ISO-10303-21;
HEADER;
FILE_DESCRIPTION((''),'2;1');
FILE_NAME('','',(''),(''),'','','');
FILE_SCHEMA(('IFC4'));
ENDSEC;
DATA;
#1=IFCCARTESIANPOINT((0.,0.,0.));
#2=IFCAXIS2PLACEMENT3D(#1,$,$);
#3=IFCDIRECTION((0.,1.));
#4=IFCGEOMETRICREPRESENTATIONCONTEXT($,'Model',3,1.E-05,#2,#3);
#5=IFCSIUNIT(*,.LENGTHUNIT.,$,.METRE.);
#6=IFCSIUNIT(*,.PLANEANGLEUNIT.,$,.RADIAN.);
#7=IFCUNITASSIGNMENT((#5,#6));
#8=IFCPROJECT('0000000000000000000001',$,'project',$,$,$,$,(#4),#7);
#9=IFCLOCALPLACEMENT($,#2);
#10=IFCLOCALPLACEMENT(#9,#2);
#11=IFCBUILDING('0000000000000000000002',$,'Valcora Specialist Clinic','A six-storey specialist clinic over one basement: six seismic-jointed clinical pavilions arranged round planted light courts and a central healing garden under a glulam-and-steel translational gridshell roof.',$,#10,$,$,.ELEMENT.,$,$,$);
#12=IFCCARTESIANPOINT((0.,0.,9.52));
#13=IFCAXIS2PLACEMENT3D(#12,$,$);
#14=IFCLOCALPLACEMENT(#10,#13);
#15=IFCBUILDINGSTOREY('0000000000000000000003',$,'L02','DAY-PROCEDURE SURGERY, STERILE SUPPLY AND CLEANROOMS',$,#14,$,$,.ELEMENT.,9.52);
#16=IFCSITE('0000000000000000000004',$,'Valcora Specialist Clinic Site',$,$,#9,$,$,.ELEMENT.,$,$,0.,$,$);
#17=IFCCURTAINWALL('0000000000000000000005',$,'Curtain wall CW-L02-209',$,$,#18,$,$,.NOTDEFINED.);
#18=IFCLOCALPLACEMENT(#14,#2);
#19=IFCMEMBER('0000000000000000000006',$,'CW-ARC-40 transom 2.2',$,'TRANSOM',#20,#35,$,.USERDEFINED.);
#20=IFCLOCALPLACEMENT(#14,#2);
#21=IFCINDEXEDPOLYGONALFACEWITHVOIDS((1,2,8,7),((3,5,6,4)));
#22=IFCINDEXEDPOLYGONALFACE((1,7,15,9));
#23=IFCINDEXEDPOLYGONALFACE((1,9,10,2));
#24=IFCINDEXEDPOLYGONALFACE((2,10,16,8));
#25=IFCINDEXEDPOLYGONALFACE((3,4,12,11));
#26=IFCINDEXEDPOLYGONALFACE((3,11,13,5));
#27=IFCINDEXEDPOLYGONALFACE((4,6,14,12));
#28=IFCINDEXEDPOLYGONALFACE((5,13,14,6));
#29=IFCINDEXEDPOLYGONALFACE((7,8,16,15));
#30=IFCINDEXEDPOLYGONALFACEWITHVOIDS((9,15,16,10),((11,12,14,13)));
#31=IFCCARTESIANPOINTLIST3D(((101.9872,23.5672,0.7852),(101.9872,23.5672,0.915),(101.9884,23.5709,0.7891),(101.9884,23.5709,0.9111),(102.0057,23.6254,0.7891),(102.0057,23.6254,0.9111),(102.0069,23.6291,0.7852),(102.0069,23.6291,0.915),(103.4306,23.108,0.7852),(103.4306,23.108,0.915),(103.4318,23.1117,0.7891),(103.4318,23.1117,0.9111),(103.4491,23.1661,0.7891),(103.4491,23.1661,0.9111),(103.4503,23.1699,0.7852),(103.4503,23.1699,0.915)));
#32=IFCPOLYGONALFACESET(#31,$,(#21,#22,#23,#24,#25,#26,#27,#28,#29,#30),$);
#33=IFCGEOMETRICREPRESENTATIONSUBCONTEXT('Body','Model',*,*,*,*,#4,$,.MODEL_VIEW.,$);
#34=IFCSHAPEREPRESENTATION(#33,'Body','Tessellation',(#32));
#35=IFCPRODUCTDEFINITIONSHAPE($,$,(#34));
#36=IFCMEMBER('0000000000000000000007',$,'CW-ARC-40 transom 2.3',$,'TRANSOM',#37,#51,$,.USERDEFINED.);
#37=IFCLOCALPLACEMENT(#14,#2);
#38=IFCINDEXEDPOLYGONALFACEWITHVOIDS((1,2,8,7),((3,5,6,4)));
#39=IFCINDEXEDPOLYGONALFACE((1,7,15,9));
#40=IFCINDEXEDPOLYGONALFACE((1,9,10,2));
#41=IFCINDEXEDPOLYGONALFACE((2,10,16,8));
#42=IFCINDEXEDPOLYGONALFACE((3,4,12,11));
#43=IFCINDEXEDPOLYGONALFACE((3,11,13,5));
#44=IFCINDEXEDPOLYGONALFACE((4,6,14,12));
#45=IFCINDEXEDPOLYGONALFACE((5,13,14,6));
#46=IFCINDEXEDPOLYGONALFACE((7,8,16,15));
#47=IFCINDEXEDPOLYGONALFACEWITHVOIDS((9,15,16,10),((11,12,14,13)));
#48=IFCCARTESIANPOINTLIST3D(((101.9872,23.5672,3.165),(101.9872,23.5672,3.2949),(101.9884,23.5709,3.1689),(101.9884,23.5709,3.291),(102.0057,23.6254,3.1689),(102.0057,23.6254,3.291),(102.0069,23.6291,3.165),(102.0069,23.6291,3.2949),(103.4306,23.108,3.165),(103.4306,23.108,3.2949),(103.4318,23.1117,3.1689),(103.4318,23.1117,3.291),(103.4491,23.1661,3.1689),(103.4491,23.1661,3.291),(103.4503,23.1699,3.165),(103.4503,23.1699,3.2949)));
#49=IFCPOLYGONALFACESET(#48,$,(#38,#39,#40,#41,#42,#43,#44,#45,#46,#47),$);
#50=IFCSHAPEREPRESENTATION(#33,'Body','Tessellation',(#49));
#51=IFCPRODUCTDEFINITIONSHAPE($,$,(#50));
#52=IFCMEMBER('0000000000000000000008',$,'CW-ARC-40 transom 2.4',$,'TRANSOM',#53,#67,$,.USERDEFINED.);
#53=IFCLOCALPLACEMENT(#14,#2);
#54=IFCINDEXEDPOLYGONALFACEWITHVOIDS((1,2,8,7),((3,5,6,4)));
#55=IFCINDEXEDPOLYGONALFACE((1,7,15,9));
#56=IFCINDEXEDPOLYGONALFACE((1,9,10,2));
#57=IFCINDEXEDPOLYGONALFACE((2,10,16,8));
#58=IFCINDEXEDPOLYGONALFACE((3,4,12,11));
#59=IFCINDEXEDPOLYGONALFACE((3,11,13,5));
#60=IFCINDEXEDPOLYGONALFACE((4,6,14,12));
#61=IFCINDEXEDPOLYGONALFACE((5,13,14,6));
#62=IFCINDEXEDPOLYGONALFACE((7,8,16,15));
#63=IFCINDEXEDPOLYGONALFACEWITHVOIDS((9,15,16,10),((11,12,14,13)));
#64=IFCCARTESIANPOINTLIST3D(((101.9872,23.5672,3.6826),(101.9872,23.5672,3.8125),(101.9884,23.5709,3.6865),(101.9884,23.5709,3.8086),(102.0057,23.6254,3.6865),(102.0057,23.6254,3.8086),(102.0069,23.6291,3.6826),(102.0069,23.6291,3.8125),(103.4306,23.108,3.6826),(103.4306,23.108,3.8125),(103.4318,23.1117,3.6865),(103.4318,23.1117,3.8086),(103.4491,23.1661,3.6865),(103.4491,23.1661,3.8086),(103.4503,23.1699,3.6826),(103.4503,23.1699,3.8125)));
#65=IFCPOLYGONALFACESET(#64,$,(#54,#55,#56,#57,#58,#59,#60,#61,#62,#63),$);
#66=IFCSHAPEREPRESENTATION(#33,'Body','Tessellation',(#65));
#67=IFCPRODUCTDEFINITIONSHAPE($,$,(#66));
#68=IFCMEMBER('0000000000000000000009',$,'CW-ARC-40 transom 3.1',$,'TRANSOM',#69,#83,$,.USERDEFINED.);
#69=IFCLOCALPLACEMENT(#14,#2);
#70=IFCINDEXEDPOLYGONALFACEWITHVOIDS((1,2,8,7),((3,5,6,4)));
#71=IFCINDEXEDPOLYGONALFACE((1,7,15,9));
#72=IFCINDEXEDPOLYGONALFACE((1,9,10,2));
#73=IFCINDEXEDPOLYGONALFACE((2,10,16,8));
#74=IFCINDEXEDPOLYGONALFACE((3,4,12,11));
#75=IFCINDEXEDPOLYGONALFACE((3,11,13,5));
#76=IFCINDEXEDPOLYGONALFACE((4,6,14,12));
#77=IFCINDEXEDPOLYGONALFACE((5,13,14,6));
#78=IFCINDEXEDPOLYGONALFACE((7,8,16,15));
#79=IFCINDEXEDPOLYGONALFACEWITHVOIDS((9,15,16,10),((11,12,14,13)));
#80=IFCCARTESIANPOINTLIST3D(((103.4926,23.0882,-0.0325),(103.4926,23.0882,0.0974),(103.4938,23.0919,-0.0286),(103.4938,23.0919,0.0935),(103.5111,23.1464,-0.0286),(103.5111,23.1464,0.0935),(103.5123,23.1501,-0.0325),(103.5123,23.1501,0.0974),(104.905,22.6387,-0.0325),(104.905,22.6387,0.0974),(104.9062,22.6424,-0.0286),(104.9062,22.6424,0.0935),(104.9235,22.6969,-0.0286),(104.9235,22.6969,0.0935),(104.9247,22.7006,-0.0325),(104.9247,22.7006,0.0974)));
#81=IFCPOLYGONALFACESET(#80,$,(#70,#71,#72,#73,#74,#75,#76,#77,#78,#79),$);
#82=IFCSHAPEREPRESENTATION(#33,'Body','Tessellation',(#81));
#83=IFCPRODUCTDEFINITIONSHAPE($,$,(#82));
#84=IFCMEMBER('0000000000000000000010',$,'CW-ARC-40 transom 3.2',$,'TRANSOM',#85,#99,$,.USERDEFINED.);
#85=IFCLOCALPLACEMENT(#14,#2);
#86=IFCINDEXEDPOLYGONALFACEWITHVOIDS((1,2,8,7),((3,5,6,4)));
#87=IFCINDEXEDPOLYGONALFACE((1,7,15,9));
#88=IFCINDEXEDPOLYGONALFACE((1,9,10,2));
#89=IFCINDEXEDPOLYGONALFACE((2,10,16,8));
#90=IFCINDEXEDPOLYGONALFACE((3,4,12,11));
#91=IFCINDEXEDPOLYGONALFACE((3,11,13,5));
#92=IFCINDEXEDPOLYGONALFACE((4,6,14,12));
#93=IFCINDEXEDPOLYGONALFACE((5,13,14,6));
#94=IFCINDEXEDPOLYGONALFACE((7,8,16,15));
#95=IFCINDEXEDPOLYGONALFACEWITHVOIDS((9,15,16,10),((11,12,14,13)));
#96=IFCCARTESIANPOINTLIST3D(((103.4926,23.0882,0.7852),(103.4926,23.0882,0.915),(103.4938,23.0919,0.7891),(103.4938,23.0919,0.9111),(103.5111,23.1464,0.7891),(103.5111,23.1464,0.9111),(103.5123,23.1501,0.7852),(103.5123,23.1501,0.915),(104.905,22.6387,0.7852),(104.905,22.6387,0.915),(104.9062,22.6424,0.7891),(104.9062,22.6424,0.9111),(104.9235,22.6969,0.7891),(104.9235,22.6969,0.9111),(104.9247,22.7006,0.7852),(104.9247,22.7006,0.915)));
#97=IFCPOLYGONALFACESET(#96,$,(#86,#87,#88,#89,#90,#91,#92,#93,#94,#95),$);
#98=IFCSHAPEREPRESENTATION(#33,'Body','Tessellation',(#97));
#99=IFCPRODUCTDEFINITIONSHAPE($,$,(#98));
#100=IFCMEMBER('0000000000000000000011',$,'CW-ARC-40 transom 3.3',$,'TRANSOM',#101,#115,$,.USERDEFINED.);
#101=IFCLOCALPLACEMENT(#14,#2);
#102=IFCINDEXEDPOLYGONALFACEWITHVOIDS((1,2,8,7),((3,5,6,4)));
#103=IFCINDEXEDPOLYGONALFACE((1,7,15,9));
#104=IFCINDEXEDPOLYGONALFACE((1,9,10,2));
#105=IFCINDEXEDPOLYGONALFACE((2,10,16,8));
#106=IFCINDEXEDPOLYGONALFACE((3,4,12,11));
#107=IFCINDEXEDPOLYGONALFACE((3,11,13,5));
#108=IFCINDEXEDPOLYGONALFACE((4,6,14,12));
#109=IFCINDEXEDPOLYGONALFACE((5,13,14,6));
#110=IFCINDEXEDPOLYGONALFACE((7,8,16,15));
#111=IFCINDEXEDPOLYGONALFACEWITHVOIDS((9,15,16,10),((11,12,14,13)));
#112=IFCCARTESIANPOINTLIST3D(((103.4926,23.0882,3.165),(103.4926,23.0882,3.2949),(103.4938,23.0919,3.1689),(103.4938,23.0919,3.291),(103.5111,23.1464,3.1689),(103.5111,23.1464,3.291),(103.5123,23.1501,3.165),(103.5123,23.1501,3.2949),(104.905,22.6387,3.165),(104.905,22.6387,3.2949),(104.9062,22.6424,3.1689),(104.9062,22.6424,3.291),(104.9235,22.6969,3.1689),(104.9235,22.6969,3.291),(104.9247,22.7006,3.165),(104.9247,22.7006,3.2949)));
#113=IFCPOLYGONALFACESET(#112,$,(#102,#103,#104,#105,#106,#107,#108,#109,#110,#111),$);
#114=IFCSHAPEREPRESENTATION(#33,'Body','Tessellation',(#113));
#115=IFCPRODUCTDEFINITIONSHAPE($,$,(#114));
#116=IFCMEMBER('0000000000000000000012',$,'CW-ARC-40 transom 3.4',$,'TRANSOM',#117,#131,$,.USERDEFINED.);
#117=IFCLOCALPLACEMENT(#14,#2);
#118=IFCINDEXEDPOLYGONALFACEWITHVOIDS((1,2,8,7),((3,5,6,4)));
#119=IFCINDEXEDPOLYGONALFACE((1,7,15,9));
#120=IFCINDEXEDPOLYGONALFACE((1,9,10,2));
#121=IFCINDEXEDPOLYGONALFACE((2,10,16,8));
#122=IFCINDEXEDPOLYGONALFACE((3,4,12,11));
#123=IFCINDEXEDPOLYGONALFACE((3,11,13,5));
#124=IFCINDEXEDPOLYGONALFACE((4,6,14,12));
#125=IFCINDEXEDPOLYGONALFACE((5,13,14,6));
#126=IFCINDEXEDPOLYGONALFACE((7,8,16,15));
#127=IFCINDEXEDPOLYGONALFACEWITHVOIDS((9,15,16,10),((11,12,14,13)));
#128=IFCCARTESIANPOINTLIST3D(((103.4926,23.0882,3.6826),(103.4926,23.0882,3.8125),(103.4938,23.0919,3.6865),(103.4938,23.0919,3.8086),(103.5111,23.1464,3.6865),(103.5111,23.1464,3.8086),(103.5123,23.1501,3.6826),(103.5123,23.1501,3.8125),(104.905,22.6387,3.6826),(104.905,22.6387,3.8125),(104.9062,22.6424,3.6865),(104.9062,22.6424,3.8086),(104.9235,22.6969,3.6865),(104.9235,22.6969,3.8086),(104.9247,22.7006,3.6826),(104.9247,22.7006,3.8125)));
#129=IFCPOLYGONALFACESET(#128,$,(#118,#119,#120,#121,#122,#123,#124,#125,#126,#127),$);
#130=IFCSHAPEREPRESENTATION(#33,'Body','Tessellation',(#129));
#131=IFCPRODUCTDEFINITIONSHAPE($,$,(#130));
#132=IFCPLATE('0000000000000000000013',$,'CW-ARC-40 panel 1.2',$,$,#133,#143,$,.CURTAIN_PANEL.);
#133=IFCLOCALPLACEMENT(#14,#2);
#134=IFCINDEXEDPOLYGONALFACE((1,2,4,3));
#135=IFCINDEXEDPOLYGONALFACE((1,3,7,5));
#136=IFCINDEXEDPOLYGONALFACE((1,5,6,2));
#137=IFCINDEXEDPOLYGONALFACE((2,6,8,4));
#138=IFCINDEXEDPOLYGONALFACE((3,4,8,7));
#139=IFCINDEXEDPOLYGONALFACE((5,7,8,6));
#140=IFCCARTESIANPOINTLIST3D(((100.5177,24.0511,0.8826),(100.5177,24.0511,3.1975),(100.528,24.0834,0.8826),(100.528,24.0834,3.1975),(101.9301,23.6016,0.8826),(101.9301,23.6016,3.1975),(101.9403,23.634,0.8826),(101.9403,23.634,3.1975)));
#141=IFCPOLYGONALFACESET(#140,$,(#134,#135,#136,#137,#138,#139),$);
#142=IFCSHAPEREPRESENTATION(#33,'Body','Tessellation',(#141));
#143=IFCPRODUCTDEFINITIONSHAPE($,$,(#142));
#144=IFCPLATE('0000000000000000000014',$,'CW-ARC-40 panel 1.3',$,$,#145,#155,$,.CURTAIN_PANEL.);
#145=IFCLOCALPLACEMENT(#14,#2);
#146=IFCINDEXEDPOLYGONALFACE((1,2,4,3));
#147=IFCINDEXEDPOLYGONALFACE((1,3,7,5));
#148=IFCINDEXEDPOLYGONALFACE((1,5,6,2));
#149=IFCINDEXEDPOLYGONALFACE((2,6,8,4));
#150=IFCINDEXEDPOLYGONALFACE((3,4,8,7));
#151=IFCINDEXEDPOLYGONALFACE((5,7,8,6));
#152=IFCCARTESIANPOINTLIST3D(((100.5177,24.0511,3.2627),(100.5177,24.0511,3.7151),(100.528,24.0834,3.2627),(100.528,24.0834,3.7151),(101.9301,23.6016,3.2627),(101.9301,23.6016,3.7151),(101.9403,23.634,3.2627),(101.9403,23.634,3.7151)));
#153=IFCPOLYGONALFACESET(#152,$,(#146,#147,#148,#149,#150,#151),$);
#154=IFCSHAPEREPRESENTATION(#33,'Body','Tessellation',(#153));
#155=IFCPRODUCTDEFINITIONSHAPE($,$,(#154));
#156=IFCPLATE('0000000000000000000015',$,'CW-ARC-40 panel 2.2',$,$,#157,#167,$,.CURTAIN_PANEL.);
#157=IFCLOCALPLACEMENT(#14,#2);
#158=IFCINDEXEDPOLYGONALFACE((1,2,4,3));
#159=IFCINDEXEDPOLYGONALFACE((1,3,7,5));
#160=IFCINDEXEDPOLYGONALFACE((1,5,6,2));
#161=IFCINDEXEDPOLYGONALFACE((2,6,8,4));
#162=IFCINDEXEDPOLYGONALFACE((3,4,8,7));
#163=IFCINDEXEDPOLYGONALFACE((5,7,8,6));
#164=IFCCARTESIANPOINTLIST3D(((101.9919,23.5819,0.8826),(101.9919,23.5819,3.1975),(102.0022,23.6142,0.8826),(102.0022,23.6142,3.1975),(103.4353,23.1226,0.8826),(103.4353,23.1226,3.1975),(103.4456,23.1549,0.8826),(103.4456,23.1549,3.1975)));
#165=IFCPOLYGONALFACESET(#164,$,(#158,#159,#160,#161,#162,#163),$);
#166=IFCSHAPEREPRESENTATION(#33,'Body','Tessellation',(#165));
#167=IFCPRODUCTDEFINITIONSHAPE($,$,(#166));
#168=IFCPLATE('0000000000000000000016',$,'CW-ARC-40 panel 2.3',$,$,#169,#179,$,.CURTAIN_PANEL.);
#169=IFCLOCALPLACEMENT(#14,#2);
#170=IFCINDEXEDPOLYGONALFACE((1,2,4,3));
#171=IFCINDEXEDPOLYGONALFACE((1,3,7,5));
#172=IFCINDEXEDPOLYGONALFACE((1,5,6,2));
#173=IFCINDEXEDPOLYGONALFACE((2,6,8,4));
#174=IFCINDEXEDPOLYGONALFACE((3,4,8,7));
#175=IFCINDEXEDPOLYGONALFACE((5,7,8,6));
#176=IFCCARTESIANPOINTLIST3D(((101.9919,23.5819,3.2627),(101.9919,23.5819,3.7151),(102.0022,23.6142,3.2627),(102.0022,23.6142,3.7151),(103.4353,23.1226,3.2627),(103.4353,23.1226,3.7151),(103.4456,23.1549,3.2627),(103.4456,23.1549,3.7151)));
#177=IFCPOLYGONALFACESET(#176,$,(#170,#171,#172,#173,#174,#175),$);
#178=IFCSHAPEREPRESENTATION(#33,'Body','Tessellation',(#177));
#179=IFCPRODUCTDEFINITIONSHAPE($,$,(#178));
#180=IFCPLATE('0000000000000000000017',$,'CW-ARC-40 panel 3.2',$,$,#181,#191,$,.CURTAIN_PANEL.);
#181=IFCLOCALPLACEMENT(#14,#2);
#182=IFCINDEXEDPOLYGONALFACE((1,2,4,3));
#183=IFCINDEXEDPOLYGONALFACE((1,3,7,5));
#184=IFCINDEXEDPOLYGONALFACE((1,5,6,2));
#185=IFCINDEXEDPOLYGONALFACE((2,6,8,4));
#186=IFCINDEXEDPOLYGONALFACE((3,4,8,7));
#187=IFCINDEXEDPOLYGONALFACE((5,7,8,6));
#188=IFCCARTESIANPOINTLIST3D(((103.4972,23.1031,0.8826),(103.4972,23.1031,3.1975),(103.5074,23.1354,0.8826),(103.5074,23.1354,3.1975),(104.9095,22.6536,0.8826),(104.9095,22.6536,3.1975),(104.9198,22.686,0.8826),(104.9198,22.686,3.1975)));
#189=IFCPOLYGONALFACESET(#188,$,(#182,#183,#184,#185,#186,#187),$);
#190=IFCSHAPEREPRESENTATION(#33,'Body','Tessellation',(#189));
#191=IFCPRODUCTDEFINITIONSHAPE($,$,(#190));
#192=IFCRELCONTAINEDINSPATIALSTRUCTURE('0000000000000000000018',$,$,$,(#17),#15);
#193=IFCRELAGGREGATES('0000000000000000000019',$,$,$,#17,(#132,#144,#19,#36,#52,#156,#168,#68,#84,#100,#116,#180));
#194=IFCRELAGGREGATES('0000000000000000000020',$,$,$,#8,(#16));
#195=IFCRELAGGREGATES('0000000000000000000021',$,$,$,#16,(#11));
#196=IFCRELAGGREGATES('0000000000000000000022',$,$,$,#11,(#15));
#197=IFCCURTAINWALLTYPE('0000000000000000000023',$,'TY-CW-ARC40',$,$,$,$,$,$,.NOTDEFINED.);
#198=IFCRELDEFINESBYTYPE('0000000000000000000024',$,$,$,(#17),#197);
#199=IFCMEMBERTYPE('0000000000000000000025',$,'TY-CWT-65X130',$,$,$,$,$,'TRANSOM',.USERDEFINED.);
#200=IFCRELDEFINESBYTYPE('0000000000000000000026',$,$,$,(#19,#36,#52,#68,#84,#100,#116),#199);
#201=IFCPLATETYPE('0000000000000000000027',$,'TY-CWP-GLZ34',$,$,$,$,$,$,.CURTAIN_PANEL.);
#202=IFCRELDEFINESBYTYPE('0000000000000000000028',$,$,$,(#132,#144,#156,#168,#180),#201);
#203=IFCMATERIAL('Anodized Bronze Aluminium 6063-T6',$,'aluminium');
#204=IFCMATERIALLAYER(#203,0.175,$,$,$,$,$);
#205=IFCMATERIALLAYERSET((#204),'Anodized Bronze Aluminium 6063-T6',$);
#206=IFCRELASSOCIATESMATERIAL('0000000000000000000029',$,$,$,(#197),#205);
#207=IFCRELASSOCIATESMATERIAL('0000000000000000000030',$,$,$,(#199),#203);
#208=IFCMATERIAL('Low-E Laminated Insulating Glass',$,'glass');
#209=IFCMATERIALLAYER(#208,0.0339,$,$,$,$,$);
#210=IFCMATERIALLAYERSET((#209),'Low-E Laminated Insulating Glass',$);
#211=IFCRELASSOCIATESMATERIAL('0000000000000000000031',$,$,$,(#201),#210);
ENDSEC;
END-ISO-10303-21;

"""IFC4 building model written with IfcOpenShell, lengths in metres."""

from ifc_helpers import new_model, si_unit, direction, frame, origin, origin_2d, place, context, subcontext, project, spatial, rectangle, hollow_rectangle, extrude, material, layer, layer_set, material_profile, profile_set, type_object, element, aggregate, save


model = new_model("IFC4")

# Units and contexts
model_context = context("Model", 3, precision=1e-05, world=origin(), true_north=direction((0.0, 1.0)))
body_context = subcontext(model_context, "Body", "Model", "MODEL_VIEW")
ifc_project = project(units=[si_unit("LENGTHUNIT", "METRE"), si_unit("PLANEANGLEUNIT", "RADIAN")], contexts=[model_context])

# Site, building, storey
site_placement = place(None, origin())
site = spatial("IfcSite", under=ifc_project, at=site_placement, Name="Valcora Specialist Clinic Site", CompositionType="ELEMENT", RefElevation=0.0)
building_placement = place(site_placement, origin())
building = spatial("IfcBuilding", under=site, at=building_placement, Name="Valcora Specialist Clinic", Description="A six-storey specialist clinic over one basement: six seismic-jointed clinical pavilions arranged round planted light courts and a central healing garden under a glulam-and-steel translational gridshell roof.", CompositionType="ELEMENT")
storey_placement = place(building_placement, frame((0.0, 0.0, 9.52)))
storey = spatial("IfcBuildingStorey", under=building, at=storey_placement, Name="L02", Description="DAY-PROCEDURE SURGERY, STERILE SUPPLY AND CLEANROOMS", CompositionType="ELEMENT", Elevation=9.52)

# Curtain wall, members, plates
ifc_material_1 = material(Name="Anodized Bronze Aluminium 6063-T6", Category="aluminium")
ifc_layer_1 = layer(ifc_material_1, 0.175)
ifc_layer_set_1 = layer_set([ifc_layer_1], Name="Anodized Bronze Aluminium 6063-T6")
curtain_wall_type = type_object("IfcCurtainWallType", Name="TY-CW-ARC40", PredefinedType="NOTDEFINED", material=ifc_layer_set_1)
curtain_wall_placement = place(storey_placement, origin())
curtain_wall = element("IfcCurtainWall", 1, at=curtain_wall_placement, inside=storey, type_object=curtain_wall_type, Name="Curtain wall CW-L02-209", PredefinedType="NOTDEFINED")
ifc_material_profile_1 = material_profile(ifc_material_1, hollow_rectangle(XDim=0.0649, YDim=0.1299, WallThickness=0.0039, at=origin_2d()), Name="AL-TRN-65X130")
ifc_profile_set_1 = profile_set([ifc_material_profile_1], Name="Anodized Bronze Aluminium 6063-T6")
member_type_1 = type_object("IfcMemberType", Name="TY-CWT-65X130", ElementType="TRANSOM", PredefinedType="USERDEFINED", material=ifc_profile_set_1)
member_1_placement = place(storey_placement, frame((101.9971, 23.5981, 0.8501), z_axis=(0.95293, -0.30319, 0.0), x_axis=(0.30319, 0.95293, 0.0)))
member_1 = element("IfcMember", 2, at=member_1_placement, type_object=member_type_1, Name="CW-ARC-40 transom 2.2", ObjectType="TRANSOM", PredefinedType="USERDEFINED", context=body_context, shape_type="SweptSolid", body=[
    extrude(hollow_rectangle(XDim=0.0649, YDim=0.1299, WallThickness=0.0039, at=origin_2d()), origin(), (0.0, 0.0, 1.0), 1.5146),
])
member_2_placement = place(storey_placement, frame((101.9971, 23.5981, 3.23), z_axis=(0.95293, -0.30319, 0.0), x_axis=(0.30319, 0.95293, 0.0)))
member_2 = element("IfcMember", 3, at=member_2_placement, type_object=member_type_1, Name="CW-ARC-40 transom 2.3", ObjectType="TRANSOM", PredefinedType="USERDEFINED", context=body_context, shape_type="SweptSolid", body=[
    extrude(hollow_rectangle(XDim=0.0649, YDim=0.1299, WallThickness=0.0039, at=origin_2d()), origin(), (0.0, 0.0, 1.0), 1.5146),
])
member_3_placement = place(storey_placement, frame((101.9971, 23.5981, 3.7476), z_axis=(0.95293, -0.30319, 0.0), x_axis=(0.30319, 0.95293, 0.0)))
member_3 = element("IfcMember", 4, at=member_3_placement, type_object=member_type_1, Name="CW-ARC-40 transom 2.4", ObjectType="TRANSOM", PredefinedType="USERDEFINED", context=body_context, shape_type="SweptSolid", body=[
    extrude(hollow_rectangle(XDim=0.0649, YDim=0.1299, WallThickness=0.0039, at=origin_2d()), origin(), (0.0, 0.0, 1.0), 1.5146),
])
member_4_placement = place(storey_placement, frame((103.5024, 23.1191, 0.0325), z_axis=(0.952911, -0.303251, 0.0), x_axis=(0.303251, 0.952911, 0.0)))
member_4 = element("IfcMember", 5, at=member_4_placement, type_object=member_type_1, Name="CW-ARC-40 transom 3.1", ObjectType="TRANSOM", PredefinedType="USERDEFINED", context=body_context, shape_type="SweptSolid", body=[
    extrude(hollow_rectangle(XDim=0.0649, YDim=0.1299, WallThickness=0.0039, at=origin_2d()), origin(), (0.0, 0.0, 1.0), 1.4822),
])
member_5_placement = place(storey_placement, frame((103.5024, 23.1191, 0.8501), z_axis=(0.952911, -0.303251, 0.0), x_axis=(0.303251, 0.952911, 0.0)))
member_5 = element("IfcMember", 6, at=member_5_placement, type_object=member_type_1, Name="CW-ARC-40 transom 3.2", ObjectType="TRANSOM", PredefinedType="USERDEFINED", context=body_context, shape_type="SweptSolid", body=[
    extrude(hollow_rectangle(XDim=0.0649, YDim=0.1299, WallThickness=0.0039, at=origin_2d()), origin(), (0.0, 0.0, 1.0), 1.4822),
])
member_6_placement = place(storey_placement, frame((103.5024, 23.1191, 3.23), z_axis=(0.952911, -0.303251, 0.0), x_axis=(0.303251, 0.952911, 0.0)))
member_6 = element("IfcMember", 7, at=member_6_placement, type_object=member_type_1, Name="CW-ARC-40 transom 3.3", ObjectType="TRANSOM", PredefinedType="USERDEFINED", context=body_context, shape_type="SweptSolid", body=[
    extrude(hollow_rectangle(XDim=0.0649, YDim=0.1299, WallThickness=0.0039, at=origin_2d()), origin(), (0.0, 0.0, 1.0), 1.4822),
])
member_7_placement = place(storey_placement, frame((103.5024, 23.1191, 3.7476), z_axis=(0.952911, -0.303251, 0.0), x_axis=(0.303251, 0.952911, 0.0)))
member_7 = element("IfcMember", 8, at=member_7_placement, type_object=member_type_1, Name="CW-ARC-40 transom 3.4", ObjectType="TRANSOM", PredefinedType="USERDEFINED", context=body_context, shape_type="SweptSolid", body=[
    extrude(hollow_rectangle(XDim=0.0649, YDim=0.1299, WallThickness=0.0039, at=origin_2d()), origin(), (0.0, 0.0, 1.0), 1.4822),
])
ifc_material_2 = material(Name="Low-E Laminated Insulating Glass", Category="glass")
ifc_layer_2 = layer(ifc_material_2, 0.0339)
ifc_layer_set_2 = layer_set([ifc_layer_2], Name="Low-E Laminated Insulating Glass")
plate_type_1 = type_object("IfcPlateType", Name="TY-CWP-GLZ34", PredefinedType="CURTAIN_PANEL", material=ifc_layer_set_2)
plate_1_placement = place(storey_placement, frame((101.229, 23.8425, 0.8826), z_axis=(0.0, 0.0, 1.0), x_axis=(0.952916, -0.303233, 0.0)))
plate_1 = element("IfcPlate", 9, at=plate_1_placement, type_object=plate_type_1, Name="CW-ARC-40 panel 1.2", PredefinedType="CURTAIN_PANEL", context=body_context, shape_type="SweptSolid", body=[
    extrude(rectangle(XDim=1.4822, YDim=0.0339, at=origin_2d()), origin(), (0.0, 0.0, 1.0), 2.3149),
])
plate_2_placement = place(storey_placement, frame((101.229, 23.8425, 3.2627), z_axis=(0.0, 0.0, 1.0), x_axis=(0.952916, -0.303233, 0.0)))
plate_2 = element("IfcPlate", 10, at=plate_2_placement, type_object=plate_type_1, Name="CW-ARC-40 panel 1.3", PredefinedType="CURTAIN_PANEL", context=body_context, shape_type="SweptSolid", body=[
    extrude(rectangle(XDim=1.4822, YDim=0.0339, at=origin_2d()), origin(), (0.0, 0.0, 1.0), 0.4524),
])
plate_3_placement = place(storey_placement, frame((102.7188, 23.3684, 0.8826), z_axis=(0.0, 0.0, 1.0), x_axis=(0.952916, -0.303233, 0.0)))
plate_3 = element("IfcPlate", 11, at=plate_3_placement, type_object=plate_type_1, Name="CW-ARC-40 panel 2.2", PredefinedType="CURTAIN_PANEL", context=body_context, shape_type="SweptSolid", body=[
    extrude(rectangle(XDim=1.5146, YDim=0.0339, at=origin_2d()), origin(), (0.0, 0.0, 1.0), 2.3149),
])
plate_4_placement = place(storey_placement, frame((102.7188, 23.3684, 3.2627), z_axis=(0.0, 0.0, 1.0), x_axis=(0.952916, -0.303233, 0.0)))
plate_4 = element("IfcPlate", 12, at=plate_4_placement, type_object=plate_type_1, Name="CW-ARC-40 panel 2.3", PredefinedType="CURTAIN_PANEL", context=body_context, shape_type="SweptSolid", body=[
    extrude(rectangle(XDim=1.5146, YDim=0.0339, at=origin_2d()), origin(), (0.0, 0.0, 1.0), 0.4524),
])
plate_5_placement = place(storey_placement, frame((104.2085, 22.8945, 0.8826), z_axis=(0.0, 0.0, 1.0), x_axis=(0.952916, -0.303233, 0.0)))
plate_5 = element("IfcPlate", 13, at=plate_5_placement, type_object=plate_type_1, Name="CW-ARC-40 panel 3.2", PredefinedType="CURTAIN_PANEL", context=body_context, shape_type="SweptSolid", body=[
    extrude(rectangle(XDim=1.4822, YDim=0.0339, at=origin_2d()), origin(), (0.0, 0.0, 1.0), 2.3149),
])
aggregate(curtain_wall, [plate_1, plate_2, member_1, member_2, member_3, plate_3, plate_4, member_4, member_5, member_6, member_7, plate_5])

save(model, "model.ifc")
